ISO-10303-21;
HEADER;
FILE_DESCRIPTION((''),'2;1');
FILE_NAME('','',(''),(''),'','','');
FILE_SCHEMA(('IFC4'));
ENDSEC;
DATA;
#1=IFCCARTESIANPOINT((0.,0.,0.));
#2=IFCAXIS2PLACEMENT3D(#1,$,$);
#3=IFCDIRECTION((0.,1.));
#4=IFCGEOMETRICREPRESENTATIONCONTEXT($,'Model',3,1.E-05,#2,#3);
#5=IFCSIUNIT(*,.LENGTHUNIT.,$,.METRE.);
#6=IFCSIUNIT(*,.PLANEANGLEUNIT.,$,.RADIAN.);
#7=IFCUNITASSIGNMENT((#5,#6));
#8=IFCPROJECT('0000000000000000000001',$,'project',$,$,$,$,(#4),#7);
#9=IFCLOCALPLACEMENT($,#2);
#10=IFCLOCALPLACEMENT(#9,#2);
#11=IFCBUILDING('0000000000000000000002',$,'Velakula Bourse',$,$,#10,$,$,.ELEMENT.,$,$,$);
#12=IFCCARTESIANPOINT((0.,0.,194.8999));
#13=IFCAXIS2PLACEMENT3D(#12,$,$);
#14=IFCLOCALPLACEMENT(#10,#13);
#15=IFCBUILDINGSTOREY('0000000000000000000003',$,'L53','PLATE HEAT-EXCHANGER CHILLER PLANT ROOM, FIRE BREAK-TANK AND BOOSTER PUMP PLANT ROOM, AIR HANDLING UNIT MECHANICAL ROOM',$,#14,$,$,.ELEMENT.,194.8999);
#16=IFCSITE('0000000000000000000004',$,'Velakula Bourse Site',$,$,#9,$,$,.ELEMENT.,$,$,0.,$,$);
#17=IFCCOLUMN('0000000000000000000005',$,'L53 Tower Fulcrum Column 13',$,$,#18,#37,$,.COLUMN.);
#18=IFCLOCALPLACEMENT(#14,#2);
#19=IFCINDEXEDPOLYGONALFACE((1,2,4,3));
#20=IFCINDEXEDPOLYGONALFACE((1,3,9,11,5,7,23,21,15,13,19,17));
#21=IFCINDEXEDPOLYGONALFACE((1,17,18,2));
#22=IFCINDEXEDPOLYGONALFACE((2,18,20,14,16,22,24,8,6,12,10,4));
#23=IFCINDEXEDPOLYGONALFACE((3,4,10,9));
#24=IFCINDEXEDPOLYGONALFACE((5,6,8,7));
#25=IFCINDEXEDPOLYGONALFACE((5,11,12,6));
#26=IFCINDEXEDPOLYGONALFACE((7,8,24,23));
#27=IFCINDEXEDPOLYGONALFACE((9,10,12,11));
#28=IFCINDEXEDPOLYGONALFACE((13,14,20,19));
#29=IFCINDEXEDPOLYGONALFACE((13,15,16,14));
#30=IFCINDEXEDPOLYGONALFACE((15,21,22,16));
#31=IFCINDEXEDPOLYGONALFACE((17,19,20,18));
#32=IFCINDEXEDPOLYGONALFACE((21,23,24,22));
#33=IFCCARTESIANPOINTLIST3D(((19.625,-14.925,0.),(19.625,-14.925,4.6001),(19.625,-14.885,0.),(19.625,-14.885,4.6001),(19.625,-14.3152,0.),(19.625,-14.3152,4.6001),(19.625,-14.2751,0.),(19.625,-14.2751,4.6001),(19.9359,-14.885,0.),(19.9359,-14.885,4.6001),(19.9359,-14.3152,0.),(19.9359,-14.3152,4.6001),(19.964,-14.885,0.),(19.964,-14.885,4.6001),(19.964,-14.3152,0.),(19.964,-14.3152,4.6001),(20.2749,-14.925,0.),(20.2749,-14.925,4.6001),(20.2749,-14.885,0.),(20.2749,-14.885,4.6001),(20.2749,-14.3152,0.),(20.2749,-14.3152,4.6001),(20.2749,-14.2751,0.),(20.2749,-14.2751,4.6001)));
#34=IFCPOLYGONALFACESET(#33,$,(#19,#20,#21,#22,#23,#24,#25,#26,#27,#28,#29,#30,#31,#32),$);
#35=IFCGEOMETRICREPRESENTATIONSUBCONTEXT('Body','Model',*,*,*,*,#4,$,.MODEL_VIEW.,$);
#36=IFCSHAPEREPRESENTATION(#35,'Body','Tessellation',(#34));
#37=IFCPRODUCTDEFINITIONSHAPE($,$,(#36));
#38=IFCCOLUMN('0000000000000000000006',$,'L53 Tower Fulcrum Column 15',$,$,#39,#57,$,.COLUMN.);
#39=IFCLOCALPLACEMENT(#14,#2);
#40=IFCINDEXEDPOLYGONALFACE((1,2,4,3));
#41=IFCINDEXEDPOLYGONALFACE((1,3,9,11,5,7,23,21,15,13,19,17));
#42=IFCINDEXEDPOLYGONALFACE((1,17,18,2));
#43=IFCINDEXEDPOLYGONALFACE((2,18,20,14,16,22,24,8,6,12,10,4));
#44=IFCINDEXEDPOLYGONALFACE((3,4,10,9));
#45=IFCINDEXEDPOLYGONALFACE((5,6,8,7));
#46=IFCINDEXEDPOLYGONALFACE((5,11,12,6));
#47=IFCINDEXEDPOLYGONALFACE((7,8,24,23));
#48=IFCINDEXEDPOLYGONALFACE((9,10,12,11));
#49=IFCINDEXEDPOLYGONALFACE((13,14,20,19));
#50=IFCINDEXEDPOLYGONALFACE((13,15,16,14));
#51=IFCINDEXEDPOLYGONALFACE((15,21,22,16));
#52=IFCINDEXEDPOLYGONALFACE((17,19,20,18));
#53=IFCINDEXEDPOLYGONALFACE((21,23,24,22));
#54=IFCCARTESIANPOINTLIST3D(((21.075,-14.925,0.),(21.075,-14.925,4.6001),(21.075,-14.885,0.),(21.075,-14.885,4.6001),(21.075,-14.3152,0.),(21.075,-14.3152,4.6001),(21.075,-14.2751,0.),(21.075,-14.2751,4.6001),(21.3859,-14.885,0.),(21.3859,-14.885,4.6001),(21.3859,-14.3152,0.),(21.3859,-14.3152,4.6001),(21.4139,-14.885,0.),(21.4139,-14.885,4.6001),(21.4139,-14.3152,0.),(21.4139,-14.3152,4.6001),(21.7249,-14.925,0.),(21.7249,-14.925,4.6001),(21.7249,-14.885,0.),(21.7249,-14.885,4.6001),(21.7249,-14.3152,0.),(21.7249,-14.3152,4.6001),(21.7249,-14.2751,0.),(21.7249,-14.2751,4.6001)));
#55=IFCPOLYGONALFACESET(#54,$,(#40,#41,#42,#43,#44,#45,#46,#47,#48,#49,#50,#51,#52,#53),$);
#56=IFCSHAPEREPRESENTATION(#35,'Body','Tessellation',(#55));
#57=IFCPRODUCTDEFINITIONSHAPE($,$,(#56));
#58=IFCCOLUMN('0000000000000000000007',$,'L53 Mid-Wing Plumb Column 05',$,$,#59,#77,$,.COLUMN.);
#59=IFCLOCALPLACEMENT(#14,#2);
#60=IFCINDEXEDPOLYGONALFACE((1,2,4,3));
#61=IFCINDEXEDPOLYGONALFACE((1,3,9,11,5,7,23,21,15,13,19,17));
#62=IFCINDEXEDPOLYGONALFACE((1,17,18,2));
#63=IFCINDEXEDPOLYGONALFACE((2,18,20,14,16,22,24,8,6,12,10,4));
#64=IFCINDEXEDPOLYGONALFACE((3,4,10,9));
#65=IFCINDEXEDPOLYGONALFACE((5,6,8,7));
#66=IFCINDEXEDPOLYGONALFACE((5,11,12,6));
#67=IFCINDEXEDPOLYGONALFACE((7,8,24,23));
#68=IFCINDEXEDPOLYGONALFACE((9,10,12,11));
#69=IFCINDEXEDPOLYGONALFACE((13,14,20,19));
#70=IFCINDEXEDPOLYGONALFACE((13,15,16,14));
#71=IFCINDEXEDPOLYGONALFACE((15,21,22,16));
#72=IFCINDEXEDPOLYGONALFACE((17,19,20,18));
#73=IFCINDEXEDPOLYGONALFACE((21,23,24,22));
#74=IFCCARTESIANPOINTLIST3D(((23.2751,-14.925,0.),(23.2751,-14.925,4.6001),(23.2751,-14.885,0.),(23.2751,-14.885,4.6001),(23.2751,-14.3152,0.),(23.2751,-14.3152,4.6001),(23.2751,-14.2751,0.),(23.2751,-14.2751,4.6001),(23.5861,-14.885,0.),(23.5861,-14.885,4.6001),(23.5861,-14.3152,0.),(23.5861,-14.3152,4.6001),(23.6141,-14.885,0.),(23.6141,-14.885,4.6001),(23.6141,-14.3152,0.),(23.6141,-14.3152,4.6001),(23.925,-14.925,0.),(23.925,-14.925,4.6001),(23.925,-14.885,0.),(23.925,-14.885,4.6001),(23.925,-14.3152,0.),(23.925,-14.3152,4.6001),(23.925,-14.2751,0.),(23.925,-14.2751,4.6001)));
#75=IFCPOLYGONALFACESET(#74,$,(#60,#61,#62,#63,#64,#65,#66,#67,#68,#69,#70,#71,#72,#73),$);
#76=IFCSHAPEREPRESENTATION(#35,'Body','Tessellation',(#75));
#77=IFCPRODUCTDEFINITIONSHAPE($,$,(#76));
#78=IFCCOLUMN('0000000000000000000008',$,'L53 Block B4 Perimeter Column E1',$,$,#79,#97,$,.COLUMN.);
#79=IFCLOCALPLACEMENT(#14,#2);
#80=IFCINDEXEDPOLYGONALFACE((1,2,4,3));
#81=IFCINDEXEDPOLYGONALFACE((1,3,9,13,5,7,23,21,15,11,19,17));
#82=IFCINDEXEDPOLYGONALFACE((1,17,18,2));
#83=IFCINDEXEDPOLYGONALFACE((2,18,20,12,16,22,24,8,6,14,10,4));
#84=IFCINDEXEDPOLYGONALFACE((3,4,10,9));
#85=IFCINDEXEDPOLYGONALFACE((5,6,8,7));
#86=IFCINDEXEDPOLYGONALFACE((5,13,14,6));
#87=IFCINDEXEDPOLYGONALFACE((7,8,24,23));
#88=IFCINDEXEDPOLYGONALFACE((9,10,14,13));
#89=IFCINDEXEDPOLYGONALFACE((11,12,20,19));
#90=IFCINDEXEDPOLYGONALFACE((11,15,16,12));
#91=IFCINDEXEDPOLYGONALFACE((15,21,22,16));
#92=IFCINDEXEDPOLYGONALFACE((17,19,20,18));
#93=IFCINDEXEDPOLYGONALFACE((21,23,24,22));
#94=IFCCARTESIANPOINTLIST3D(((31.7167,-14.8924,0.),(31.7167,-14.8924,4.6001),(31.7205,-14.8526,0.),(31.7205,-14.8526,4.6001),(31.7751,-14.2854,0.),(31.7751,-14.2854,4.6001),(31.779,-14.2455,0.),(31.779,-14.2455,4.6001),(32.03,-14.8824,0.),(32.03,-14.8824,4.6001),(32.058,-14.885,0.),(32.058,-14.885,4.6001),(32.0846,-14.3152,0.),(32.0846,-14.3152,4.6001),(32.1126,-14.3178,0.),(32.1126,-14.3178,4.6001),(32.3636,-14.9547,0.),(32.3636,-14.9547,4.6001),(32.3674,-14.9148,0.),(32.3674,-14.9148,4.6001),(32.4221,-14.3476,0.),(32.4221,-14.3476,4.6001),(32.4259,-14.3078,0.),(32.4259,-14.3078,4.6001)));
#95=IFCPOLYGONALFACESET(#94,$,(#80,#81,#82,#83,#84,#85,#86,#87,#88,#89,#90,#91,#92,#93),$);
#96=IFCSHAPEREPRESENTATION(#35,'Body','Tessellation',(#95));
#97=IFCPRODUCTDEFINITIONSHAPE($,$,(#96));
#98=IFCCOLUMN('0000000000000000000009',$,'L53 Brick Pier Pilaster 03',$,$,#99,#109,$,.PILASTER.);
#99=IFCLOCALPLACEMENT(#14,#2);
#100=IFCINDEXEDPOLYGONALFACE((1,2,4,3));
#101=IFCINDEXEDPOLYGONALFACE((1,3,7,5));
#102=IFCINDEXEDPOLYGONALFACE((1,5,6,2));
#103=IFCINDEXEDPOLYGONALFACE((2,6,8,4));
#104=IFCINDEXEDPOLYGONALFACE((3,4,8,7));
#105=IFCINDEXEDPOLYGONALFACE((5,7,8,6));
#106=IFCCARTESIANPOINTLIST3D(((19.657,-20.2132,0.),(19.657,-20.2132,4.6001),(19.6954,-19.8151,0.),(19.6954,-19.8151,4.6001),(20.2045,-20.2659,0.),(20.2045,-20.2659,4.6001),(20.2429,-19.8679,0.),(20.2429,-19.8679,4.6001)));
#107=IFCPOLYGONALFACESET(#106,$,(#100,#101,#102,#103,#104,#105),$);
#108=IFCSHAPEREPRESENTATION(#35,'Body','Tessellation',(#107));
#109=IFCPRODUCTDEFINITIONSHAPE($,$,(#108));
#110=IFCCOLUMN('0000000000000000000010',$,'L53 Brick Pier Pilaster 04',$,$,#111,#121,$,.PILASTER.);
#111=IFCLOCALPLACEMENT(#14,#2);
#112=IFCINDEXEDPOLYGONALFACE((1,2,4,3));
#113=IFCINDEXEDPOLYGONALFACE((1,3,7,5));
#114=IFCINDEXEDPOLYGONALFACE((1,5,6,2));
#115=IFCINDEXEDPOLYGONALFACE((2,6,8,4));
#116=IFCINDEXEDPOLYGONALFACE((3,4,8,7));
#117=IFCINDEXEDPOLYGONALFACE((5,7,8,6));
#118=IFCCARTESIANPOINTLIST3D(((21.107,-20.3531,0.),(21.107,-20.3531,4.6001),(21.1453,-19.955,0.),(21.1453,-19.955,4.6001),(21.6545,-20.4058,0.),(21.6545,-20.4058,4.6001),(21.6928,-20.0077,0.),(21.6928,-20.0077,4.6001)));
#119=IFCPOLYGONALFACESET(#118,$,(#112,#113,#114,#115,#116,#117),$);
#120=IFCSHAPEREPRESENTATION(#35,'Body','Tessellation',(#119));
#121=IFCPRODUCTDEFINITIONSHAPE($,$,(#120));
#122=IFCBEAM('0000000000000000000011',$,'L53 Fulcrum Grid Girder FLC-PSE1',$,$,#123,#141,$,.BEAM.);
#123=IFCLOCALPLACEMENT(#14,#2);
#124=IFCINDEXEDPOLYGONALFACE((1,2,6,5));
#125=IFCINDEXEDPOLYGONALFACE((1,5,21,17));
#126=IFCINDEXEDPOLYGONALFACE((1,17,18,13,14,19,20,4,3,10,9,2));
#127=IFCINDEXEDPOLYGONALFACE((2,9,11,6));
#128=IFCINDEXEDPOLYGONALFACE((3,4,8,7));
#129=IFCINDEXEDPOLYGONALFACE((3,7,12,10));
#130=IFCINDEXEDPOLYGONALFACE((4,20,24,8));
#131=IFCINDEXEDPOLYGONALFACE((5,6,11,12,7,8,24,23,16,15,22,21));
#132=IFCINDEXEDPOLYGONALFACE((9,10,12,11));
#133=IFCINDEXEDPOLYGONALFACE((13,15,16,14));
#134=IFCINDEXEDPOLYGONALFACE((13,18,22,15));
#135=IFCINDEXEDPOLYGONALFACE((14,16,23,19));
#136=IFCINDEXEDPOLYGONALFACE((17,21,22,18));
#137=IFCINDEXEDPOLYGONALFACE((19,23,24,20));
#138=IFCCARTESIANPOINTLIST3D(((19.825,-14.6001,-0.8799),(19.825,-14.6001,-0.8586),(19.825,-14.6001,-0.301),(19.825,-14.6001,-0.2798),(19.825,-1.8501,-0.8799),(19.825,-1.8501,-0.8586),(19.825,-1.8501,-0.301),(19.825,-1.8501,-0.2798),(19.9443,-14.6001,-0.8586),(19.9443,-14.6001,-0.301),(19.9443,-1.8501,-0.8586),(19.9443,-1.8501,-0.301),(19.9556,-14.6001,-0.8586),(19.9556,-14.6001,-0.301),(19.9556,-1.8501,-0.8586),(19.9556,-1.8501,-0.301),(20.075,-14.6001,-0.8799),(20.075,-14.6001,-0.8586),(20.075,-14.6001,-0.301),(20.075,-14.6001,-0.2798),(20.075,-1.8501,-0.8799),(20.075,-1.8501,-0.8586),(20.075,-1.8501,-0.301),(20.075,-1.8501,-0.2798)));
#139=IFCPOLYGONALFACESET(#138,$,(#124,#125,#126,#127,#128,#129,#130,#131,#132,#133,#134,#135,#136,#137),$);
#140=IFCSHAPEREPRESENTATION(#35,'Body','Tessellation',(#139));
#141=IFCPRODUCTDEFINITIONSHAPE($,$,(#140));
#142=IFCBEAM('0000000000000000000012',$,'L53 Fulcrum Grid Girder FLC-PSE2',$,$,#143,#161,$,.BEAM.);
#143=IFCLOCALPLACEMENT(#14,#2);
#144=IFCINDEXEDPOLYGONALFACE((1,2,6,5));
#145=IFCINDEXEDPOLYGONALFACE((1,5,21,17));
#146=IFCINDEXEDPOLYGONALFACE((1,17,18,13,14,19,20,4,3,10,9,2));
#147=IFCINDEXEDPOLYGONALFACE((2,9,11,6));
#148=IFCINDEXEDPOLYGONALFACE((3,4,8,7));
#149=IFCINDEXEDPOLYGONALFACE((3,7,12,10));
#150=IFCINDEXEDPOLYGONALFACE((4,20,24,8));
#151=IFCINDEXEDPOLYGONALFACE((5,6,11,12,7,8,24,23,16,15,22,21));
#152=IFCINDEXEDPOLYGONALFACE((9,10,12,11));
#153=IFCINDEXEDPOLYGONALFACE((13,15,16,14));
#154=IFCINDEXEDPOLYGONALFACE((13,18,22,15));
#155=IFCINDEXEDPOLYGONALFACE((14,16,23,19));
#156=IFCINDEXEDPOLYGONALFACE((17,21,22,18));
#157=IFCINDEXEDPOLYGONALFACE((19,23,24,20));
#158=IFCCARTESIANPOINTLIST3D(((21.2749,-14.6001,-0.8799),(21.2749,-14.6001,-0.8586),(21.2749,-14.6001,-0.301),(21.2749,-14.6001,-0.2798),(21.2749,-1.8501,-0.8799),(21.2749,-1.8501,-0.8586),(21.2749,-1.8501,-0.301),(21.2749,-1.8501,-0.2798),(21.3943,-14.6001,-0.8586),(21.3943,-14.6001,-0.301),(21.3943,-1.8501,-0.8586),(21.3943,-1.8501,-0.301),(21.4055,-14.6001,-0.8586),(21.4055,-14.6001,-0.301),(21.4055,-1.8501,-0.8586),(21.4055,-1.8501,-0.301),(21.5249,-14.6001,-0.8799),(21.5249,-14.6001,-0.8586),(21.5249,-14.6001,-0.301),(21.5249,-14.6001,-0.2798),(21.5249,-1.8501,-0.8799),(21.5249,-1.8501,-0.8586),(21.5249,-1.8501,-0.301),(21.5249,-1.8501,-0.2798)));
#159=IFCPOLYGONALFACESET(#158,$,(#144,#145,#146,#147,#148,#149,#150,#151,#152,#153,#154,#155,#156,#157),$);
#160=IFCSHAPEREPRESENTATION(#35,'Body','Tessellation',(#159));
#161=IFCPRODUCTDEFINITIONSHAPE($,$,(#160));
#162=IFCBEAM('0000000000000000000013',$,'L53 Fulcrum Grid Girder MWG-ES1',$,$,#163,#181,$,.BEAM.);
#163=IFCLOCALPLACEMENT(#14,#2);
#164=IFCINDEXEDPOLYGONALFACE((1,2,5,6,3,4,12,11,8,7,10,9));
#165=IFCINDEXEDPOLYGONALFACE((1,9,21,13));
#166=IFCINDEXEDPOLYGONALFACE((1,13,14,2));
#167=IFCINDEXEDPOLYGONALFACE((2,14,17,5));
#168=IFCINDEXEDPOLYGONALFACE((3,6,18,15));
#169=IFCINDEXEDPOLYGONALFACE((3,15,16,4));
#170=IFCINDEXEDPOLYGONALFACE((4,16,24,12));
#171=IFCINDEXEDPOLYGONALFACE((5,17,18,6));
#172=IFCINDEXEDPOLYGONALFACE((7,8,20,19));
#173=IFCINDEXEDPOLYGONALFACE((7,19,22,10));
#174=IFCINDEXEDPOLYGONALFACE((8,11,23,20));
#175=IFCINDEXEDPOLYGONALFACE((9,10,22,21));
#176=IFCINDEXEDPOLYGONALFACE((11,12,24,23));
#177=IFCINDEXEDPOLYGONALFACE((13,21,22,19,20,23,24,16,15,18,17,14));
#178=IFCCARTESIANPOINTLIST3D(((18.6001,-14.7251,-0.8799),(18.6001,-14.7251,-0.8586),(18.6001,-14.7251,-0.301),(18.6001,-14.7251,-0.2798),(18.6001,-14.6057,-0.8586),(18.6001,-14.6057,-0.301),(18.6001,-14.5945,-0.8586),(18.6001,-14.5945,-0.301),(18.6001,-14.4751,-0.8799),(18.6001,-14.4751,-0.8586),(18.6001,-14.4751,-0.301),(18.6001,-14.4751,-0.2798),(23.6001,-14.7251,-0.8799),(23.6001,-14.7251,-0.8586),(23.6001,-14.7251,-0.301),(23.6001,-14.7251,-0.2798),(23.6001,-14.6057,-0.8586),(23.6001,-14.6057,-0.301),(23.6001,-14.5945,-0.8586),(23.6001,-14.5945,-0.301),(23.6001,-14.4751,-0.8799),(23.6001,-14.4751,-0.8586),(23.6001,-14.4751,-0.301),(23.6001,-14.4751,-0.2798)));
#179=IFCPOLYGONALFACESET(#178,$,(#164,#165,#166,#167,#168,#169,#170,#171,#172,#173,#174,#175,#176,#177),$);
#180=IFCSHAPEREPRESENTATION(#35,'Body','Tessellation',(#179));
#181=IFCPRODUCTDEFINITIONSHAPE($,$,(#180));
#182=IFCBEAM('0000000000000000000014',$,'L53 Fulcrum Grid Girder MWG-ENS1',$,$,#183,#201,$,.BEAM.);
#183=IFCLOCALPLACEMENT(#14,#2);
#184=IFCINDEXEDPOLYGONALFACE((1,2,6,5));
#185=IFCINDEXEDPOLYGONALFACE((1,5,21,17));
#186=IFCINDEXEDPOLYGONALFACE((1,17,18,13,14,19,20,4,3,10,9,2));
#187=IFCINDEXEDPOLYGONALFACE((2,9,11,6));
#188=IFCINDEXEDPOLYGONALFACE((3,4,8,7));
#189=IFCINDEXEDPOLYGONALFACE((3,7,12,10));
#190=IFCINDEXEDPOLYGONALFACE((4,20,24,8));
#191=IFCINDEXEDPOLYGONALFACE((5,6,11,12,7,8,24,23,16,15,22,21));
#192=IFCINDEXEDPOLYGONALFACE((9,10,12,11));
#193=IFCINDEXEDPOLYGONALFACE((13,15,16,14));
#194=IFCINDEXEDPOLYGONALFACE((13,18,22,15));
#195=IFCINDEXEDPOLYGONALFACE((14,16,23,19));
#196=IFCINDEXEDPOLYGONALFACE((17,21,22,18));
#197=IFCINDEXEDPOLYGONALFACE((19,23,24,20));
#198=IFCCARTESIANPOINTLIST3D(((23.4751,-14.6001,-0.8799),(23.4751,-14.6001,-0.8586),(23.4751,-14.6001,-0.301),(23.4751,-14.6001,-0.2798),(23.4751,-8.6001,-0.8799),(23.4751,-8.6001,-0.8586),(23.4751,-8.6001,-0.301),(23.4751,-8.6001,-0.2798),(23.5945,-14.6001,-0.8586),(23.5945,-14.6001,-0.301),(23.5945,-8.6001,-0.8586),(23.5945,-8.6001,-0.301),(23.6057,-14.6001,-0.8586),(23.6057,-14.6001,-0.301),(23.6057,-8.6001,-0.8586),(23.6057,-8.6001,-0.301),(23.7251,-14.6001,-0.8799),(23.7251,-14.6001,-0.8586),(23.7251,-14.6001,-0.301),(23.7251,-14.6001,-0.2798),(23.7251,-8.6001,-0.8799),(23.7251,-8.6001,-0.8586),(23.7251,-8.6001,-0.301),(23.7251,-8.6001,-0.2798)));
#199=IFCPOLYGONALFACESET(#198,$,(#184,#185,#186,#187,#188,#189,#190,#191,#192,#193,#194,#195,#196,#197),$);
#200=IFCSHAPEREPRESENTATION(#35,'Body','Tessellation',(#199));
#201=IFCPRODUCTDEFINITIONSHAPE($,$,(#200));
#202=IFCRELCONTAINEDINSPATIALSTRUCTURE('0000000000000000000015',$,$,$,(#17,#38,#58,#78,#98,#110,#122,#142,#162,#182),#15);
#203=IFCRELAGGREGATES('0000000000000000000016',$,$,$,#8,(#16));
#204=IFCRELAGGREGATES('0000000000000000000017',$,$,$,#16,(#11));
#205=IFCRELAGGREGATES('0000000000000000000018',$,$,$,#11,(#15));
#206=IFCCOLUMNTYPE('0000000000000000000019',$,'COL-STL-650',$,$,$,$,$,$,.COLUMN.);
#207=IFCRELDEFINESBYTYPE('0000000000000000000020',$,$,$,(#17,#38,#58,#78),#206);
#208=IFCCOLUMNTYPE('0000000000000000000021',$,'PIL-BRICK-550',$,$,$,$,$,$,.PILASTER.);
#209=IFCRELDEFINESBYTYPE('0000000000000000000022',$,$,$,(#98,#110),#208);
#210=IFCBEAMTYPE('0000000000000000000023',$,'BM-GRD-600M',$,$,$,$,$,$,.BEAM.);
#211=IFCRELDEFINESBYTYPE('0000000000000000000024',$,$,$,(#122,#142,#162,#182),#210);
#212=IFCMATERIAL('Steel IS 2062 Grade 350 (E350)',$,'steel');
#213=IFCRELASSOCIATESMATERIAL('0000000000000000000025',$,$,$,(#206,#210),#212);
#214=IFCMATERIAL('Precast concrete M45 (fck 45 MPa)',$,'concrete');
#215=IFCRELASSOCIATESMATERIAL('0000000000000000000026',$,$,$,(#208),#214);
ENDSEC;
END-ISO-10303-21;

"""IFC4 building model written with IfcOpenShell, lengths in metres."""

from ifc_helpers import new_model, si_unit, direction, frame, origin, origin_2d, place, context, subcontext, project, spatial, rectangle, i_section, extrude, material, material_profile, profile_set, type_object, element, save


model = new_model("IFC4")

# Units and contexts
model_context = context("Model", 3, precision=1e-05, world=origin(), true_north=direction((0.0, 1.0)))
body_context = subcontext(model_context, "Body", "Model", "MODEL_VIEW")
ifc_project = project(units=[si_unit("LENGTHUNIT", "METRE"), si_unit("PLANEANGLEUNIT", "RADIAN")], contexts=[model_context])

# Site, building, storey
site_placement = place(None, origin())
site = spatial("IfcSite", under=ifc_project, at=site_placement, Name="Velakula Bourse Site", CompositionType="ELEMENT", RefElevation=0.0)
building_placement = place(site_placement, origin())
building = spatial("IfcBuilding", under=site, at=building_placement, Name="Velakula Bourse", CompositionType="ELEMENT")
storey_placement = place(building_placement, frame((0.0, 0.0, 194.8999)))
storey = spatial("IfcBuildingStorey", under=building, at=storey_placement, Name="L53", Description="PLATE HEAT-EXCHANGER CHILLER PLANT ROOM, FIRE BREAK-TANK AND BOOSTER PUMP PLANT ROOM, AIR HANDLING UNIT MECHANICAL ROOM", CompositionType="ELEMENT", Elevation=194.8999)

# Columns
ifc_material_1 = material(Name="Steel IS 2062 Grade 350 (E350)", Category="steel")
ifc_material_profile_1 = material_profile(ifc_material_1, i_section(OverallWidth=0.6499, OverallDepth=0.6499, WebThickness=0.0281, FlangeThickness=0.04, at=origin_2d()), Name="Steel IS 2062 Grade 350 (E350)")
ifc_profile_set_1 = profile_set([ifc_material_profile_1], Name="Steel IS 2062 Grade 350 (E350)")
column_type_1 = type_object("IfcColumnType", Name="COL-STL-650", PredefinedType="COLUMN", material=ifc_profile_set_1)
for number, where, z_axis, x_axis, name in (
    (1, (19.95, -14.6001, 0.0), (0.0, 0.0, 1.0), (1.0, 0.0, 0.0), "L53 Tower Fulcrum Column 13"),
    (2, (21.3999, -14.6001, 0.0), (0.0, 0.0, 1.0), (1.0, 0.0, 0.0), "L53 Tower Fulcrum Column 15"),
    (3, (23.6001, -14.6001, 0.0), (0.0, 0.0, 1.0), (1.0, 0.0, 0.0), "L53 Mid-Wing Plumb Column 05"),
    (4, (32.0713, -14.6001, 0.0), (0.0, 0.0, 1.0), (0.995396, -0.095846, 0.0), "L53 Block B4 Perimeter Column E1"),
):
    element("IfcColumn", number, at=place(storey_placement, frame(where, z_axis=z_axis, x_axis=x_axis)), inside=storey, type_object=column_type_1, Name=name, PredefinedType="COLUMN", context=body_context, shape_type="SweptSolid", body=[
        extrude(i_section(OverallWidth=0.6499, OverallDepth=0.6499, WebThickness=0.0281, FlangeThickness=0.04, at=origin_2d()), origin(), (0.0, 0.0, 1.0), 4.6001),
    ])
ifc_material_2 = material(Name="Precast concrete M45 (fck 45 MPa)", Category="concrete")
ifc_material_profile_2 = material_profile(ifc_material_2, rectangle(XDim=0.55, YDim=0.3999, at=origin_2d()), Name="Precast concrete M45 (fck 45 MPa)")
ifc_profile_set_2 = profile_set([ifc_material_profile_2], Name="Precast concrete M45 (fck 45 MPa)")
column_type_2 = type_object("IfcColumnType", Name="PIL-BRICK-550", PredefinedType="PILASTER", material=ifc_profile_set_2)
for number, where, z_axis, x_axis, name in (
    (5, (19.95, -20.0405, 0.0), (0.0, 0.0, 1.0), (0.995396, -0.095846, 0.0), "L53 Brick Pier Pilaster 03"),
    (6, (21.3999, -20.1804, 0.0), (0.0, 0.0, 1.0), (0.995396, -0.095846, 0.0), "L53 Brick Pier Pilaster 04"),
):
    element("IfcColumn", number, at=place(storey_placement, frame(where, z_axis=z_axis, x_axis=x_axis)), inside=storey, type_object=column_type_2, Name=name, PredefinedType="PILASTER", context=body_context, shape_type="SweptSolid", body=[
        extrude(rectangle(XDim=0.55, YDim=0.3999, at=origin_2d()), origin(), (0.0, 0.0, 1.0), 4.6001),
    ])

# Beams
ifc_material_profile_3 = material_profile(ifc_material_1, i_section(OverallWidth=0.25, OverallDepth=0.6001, WebThickness=0.0112, FlangeThickness=0.0212, at=origin_2d()), Name="Steel IS 2062 Grade 350 (E350)")
ifc_profile_set_3 = profile_set([ifc_material_profile_3], Name="Steel IS 2062 Grade 350 (E350)")
beam_type_1 = type_object("IfcBeamType", Name="BM-GRD-600M", PredefinedType="BEAM", material=ifc_profile_set_3)
for number, where, z_axis, x_axis, name in (
    (7, (19.95, -14.6001, -0.5798), (0.0, 1.0, 0.0), (-1.0, 0.0, 0.0), "L53 Fulcrum Grid Girder FLC-PSE1"),
    (8, (21.3999, -14.6001, -0.5798), (0.0, 1.0, 0.0), (-1.0, 0.0, 0.0), "L53 Fulcrum Grid Girder FLC-PSE2"),
):
    element("IfcBeam", number, at=place(storey_placement, frame(where, z_axis=z_axis, x_axis=x_axis)), inside=storey, type_object=beam_type_1, Name=name, PredefinedType="BEAM", context=body_context, shape_type="SweptSolid", body=[
        extrude(i_section(OverallWidth=0.25, OverallDepth=0.6001, WebThickness=0.0112, FlangeThickness=0.0212, at=origin_2d()), origin(), (0.0, 0.0, 1.0), 12.75),
    ])
beam_1_placement = place(storey_placement, frame((18.6001, -14.6001, -0.5798), z_axis=(1.0, 0.0, 0.0), x_axis=(0.0, 1.0, 0.0)))
element("IfcBeam", 9, at=beam_1_placement, inside=storey, type_object=beam_type_1, Name="L53 Fulcrum Grid Girder MWG-ES1", PredefinedType="BEAM", context=body_context, shape_type="SweptSolid", body=[
    extrude(i_section(OverallWidth=0.25, OverallDepth=0.6001, WebThickness=0.0112, FlangeThickness=0.0212, at=origin_2d()), origin(), (0.0, 0.0, 1.0), 5.0),
])
beam_2_placement = place(storey_placement, frame((23.6001, -14.6001, -0.5798), z_axis=(0.0, 1.0, 0.0), x_axis=(-1.0, 0.0, 0.0)))
element("IfcBeam", 10, at=beam_2_placement, inside=storey, type_object=beam_type_1, Name="L53 Fulcrum Grid Girder MWG-ENS1", PredefinedType="BEAM", context=body_context, shape_type="SweptSolid", body=[
    extrude(i_section(OverallWidth=0.25, OverallDepth=0.6001, WebThickness=0.0112, FlangeThickness=0.0212, at=origin_2d()), origin(), (0.0, 0.0, 1.0), 6.0),
])

save(model, "model.ifc")
